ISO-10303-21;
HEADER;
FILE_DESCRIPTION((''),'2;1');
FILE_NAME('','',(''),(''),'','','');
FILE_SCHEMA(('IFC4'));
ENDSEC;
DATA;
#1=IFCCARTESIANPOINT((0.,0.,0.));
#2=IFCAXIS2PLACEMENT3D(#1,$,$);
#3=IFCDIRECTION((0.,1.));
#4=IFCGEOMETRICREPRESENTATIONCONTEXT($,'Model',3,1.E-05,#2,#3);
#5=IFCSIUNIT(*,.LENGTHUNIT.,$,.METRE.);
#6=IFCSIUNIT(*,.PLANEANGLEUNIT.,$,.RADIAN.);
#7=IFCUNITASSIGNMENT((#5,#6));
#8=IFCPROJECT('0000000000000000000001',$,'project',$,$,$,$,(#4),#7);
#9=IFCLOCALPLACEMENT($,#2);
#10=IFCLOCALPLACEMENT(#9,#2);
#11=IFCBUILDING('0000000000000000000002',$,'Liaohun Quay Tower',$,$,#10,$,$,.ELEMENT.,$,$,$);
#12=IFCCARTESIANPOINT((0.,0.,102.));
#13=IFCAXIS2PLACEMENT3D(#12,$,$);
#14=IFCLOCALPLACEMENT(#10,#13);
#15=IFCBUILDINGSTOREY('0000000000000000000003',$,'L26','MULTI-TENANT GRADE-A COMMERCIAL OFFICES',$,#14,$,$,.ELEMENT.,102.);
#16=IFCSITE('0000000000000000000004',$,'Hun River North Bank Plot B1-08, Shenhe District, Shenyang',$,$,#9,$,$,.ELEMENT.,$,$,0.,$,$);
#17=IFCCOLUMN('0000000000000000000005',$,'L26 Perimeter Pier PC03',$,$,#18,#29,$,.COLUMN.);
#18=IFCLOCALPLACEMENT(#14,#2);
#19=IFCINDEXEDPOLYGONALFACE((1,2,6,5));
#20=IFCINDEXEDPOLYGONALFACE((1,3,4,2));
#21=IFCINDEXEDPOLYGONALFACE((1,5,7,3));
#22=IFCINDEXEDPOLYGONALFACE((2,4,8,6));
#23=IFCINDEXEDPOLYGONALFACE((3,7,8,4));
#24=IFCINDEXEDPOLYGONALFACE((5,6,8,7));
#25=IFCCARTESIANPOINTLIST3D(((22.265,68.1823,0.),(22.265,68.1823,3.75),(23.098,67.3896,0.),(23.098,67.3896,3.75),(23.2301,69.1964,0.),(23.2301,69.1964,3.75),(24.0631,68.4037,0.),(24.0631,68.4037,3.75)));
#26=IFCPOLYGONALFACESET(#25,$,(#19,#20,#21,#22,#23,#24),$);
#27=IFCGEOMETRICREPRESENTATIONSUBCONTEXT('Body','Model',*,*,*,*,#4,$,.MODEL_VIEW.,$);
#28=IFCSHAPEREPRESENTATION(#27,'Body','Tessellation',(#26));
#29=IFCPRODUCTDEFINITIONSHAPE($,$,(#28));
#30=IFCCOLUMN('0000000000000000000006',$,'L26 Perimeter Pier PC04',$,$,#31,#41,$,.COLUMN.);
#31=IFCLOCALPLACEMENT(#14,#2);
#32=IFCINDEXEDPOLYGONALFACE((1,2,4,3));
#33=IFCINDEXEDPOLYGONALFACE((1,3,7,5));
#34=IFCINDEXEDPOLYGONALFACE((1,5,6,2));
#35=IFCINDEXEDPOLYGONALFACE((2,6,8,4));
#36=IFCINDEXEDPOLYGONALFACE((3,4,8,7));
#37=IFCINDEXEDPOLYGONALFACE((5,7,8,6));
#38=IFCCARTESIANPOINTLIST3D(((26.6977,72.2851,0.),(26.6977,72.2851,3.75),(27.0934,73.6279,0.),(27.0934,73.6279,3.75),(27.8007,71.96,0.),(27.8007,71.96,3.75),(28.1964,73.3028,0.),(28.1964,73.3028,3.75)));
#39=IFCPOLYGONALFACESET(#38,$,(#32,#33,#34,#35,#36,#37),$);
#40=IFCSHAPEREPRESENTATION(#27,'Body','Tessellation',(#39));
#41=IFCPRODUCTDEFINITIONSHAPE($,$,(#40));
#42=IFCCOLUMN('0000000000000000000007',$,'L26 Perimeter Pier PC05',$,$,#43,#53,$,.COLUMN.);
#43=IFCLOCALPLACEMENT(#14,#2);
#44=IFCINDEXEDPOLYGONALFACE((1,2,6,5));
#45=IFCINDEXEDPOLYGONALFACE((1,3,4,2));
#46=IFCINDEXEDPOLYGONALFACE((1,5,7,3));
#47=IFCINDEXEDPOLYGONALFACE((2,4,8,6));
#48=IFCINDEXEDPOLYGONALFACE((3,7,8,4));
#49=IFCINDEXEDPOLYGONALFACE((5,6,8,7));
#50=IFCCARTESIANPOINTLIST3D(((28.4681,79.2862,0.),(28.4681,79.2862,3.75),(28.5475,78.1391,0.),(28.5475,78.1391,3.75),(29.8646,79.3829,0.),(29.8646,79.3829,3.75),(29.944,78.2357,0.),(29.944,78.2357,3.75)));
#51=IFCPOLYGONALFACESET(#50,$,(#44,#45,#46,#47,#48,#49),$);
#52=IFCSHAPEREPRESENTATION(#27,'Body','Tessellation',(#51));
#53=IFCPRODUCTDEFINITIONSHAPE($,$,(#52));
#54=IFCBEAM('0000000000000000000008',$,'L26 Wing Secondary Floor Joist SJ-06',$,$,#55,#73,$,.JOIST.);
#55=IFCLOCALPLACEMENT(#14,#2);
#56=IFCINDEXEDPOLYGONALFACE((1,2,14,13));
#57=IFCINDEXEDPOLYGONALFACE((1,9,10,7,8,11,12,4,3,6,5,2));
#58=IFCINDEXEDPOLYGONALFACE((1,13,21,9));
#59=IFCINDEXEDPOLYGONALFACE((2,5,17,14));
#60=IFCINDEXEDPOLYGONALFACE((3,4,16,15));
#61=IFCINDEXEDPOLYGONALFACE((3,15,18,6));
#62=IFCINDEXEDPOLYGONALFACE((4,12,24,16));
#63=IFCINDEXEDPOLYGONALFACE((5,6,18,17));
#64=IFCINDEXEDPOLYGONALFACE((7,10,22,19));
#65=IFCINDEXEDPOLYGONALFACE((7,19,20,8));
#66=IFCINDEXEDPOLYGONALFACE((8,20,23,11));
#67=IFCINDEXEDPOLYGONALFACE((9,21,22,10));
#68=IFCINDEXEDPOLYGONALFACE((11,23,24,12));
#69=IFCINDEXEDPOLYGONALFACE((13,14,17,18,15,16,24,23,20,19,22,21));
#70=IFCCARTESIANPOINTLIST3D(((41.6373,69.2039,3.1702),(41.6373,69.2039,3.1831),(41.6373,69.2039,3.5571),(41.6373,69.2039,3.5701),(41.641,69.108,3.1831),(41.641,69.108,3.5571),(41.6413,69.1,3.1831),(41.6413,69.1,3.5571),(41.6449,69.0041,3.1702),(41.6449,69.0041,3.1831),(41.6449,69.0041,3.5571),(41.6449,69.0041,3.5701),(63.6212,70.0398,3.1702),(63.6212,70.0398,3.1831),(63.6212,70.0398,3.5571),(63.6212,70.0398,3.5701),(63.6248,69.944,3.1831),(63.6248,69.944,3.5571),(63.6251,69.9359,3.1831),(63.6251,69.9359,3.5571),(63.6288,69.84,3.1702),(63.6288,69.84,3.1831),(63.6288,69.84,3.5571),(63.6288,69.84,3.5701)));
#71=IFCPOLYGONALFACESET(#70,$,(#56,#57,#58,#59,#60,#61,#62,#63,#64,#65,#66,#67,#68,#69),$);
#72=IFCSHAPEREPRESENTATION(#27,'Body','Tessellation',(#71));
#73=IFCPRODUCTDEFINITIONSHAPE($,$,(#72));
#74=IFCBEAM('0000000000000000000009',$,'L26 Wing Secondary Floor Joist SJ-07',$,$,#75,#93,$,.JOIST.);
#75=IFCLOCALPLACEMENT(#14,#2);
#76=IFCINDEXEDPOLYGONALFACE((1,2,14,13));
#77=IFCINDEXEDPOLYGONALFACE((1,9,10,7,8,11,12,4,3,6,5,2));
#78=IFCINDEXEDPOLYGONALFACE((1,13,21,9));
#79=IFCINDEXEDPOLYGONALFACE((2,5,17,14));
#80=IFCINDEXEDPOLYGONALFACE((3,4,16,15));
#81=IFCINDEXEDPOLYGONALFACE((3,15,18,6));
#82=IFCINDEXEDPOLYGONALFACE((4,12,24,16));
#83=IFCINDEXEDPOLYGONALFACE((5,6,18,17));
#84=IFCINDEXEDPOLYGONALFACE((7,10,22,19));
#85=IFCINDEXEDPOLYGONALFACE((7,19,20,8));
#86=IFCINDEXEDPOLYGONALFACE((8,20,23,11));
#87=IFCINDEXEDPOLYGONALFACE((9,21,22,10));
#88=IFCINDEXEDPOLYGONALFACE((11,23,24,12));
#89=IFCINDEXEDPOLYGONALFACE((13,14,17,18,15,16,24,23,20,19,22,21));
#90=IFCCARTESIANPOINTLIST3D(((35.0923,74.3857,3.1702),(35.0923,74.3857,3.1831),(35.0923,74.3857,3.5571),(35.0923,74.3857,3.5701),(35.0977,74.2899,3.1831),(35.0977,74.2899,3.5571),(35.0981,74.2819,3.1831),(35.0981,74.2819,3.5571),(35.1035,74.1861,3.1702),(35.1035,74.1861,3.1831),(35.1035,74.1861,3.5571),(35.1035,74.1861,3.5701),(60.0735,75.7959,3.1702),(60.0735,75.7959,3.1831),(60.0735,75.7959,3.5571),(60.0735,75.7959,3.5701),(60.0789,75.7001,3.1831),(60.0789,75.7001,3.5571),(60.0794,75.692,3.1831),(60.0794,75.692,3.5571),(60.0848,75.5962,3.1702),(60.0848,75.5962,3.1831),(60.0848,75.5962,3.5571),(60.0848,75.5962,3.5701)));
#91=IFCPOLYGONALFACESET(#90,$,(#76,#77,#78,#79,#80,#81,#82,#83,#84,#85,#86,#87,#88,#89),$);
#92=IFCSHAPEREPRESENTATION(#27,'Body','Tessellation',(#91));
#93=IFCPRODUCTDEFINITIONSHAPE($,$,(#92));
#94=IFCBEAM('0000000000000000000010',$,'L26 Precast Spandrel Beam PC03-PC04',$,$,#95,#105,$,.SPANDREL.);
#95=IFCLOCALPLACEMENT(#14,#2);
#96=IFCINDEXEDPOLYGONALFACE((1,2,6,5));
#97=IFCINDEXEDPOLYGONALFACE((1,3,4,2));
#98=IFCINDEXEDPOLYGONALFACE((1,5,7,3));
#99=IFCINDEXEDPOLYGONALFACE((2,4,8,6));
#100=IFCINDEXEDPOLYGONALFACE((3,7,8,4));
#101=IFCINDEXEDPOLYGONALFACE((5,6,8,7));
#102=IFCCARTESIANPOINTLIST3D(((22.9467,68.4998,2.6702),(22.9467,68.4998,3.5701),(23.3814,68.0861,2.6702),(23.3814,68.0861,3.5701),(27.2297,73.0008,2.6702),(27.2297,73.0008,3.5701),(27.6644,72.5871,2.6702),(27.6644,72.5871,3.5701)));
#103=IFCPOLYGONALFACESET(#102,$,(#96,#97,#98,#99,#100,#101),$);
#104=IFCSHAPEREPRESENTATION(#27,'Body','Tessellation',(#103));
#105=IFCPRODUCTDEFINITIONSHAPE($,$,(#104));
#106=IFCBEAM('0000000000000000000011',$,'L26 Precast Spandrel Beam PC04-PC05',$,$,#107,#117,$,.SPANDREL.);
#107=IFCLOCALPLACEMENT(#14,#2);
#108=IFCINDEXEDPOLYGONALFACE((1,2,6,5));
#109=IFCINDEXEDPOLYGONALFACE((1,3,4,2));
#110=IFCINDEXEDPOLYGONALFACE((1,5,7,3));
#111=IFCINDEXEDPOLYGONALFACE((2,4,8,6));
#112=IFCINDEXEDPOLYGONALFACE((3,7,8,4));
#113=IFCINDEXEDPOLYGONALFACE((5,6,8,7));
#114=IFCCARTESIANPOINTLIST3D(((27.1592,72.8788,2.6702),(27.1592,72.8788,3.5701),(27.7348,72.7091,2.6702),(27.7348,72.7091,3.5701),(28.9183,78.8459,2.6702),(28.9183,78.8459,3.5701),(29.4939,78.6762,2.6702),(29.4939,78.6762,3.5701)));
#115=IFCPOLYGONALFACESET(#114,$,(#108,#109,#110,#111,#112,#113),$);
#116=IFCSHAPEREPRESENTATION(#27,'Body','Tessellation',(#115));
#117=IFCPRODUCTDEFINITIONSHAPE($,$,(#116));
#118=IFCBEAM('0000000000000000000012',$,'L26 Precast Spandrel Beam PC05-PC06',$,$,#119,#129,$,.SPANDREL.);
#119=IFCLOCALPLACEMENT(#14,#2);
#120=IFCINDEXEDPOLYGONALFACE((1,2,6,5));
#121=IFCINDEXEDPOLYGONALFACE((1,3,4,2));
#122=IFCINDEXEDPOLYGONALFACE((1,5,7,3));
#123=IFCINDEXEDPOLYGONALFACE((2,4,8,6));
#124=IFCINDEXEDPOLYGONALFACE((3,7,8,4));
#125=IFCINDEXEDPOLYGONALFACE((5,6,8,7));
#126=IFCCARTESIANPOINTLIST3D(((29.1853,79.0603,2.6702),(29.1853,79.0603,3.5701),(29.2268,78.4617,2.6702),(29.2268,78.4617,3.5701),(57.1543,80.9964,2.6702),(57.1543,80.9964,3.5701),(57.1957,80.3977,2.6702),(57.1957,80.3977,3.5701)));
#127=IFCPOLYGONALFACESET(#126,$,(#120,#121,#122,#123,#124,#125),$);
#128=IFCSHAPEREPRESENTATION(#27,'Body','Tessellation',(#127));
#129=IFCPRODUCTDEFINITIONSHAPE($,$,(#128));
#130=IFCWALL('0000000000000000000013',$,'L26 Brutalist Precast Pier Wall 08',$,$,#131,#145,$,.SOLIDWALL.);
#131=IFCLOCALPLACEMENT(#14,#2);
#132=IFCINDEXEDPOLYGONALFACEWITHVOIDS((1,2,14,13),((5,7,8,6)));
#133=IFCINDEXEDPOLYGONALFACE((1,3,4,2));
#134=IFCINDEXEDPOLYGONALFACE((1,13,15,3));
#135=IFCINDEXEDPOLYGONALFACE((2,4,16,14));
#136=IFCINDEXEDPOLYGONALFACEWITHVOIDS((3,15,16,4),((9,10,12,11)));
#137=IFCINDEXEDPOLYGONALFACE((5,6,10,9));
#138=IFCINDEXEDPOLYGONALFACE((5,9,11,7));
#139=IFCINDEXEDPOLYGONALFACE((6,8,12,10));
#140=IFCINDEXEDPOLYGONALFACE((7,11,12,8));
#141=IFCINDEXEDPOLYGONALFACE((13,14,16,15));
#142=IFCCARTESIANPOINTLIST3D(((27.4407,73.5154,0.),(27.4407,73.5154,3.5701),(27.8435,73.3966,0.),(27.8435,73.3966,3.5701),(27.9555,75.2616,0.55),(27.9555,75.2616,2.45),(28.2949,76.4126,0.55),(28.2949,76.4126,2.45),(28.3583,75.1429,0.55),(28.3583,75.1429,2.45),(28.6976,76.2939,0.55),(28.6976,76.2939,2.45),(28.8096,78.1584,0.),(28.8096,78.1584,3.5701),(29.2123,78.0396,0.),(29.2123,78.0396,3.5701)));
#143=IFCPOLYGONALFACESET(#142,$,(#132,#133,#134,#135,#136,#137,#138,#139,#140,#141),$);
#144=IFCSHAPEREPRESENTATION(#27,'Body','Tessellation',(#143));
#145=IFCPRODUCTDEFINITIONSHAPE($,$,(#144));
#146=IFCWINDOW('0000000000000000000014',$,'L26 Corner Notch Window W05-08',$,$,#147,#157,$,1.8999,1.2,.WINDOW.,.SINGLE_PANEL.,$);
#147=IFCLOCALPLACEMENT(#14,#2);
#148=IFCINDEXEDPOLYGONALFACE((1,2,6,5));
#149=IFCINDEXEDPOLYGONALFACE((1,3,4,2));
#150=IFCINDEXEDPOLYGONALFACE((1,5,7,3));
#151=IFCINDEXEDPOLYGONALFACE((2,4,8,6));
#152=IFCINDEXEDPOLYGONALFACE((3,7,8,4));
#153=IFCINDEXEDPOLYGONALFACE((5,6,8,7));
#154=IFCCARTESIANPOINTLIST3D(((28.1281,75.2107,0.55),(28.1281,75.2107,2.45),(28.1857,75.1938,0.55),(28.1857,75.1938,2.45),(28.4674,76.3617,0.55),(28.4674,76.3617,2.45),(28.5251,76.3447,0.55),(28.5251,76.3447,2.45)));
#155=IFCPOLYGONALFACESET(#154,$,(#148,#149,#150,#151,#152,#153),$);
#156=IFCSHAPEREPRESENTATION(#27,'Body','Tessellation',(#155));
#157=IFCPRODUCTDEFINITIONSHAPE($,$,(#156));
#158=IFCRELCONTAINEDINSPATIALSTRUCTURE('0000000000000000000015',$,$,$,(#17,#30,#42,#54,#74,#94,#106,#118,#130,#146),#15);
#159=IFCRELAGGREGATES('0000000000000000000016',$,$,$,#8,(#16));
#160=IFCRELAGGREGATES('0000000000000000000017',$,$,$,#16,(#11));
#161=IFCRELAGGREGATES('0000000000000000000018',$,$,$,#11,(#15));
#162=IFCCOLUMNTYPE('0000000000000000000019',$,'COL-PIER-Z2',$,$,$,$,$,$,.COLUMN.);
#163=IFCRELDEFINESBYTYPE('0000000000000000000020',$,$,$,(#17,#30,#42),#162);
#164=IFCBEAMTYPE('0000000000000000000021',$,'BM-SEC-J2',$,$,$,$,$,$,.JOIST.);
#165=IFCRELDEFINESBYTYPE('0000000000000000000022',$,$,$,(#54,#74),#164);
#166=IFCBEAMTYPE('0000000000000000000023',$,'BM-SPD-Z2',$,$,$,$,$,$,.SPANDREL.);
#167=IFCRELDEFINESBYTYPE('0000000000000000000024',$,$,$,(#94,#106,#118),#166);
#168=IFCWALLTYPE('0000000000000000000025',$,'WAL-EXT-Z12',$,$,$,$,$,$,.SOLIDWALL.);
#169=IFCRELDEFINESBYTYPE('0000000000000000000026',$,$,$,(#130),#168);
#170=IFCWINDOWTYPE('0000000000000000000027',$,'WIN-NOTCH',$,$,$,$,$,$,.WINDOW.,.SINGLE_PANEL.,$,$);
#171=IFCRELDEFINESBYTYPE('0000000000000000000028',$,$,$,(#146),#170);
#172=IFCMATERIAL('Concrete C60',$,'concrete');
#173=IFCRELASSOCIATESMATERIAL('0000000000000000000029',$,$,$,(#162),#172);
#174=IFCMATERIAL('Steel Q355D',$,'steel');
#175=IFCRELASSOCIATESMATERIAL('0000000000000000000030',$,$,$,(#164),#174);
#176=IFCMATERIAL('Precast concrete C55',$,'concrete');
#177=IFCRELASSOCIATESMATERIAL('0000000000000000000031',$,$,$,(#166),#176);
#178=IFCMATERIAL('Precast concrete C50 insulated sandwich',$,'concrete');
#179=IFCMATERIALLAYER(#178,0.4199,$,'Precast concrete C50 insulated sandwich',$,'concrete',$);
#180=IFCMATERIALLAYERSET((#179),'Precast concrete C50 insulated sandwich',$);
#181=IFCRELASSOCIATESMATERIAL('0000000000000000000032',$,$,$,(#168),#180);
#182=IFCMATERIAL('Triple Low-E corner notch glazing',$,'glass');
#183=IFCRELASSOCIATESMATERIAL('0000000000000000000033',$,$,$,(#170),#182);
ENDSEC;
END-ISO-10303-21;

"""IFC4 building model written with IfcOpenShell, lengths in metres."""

from ifc_helpers import new_model, si_unit, direction, frame, frame_2d, origin, origin_2d, place, context, subcontext, project, spatial, rectangle, i_section, extrude, source, transform, mapped, material, layer, layer_set, material_profile, profile_set, type_object, element, fill, save


model = new_model("IFC4")

# Units and contexts
model_context = context("Model", 3, precision=1e-05, world=origin(), true_north=direction((0.0, 1.0)))
body_context = subcontext(model_context, "Body", "Model", "MODEL_VIEW")
ifc_project = project(units=[si_unit("LENGTHUNIT", "METRE"), si_unit("PLANEANGLEUNIT", "RADIAN")], contexts=[model_context])

# Site, building, storey
site_placement = place(None, origin())
site = spatial("IfcSite", under=ifc_project, at=site_placement, Name="Hun River North Bank Plot B1-08, Shenhe District, Shenyang", CompositionType="ELEMENT", RefElevation=0.0)
building_placement = place(site_placement, origin())
building = spatial("IfcBuilding", under=site, at=building_placement, Name="Liaohun Quay Tower", CompositionType="ELEMENT")
storey_placement = place(building_placement, frame((0.0, 0.0, 102.0)))
storey = spatial("IfcBuildingStorey", under=building, at=storey_placement, Name="L26", Description="MULTI-TENANT GRADE-A COMMERCIAL OFFICES", CompositionType="ELEMENT", Elevation=102.0)

# Columns
ifc_material_1 = material(Name="Concrete C60", Category="concrete")
ifc_material_profile_1 = material_profile(ifc_material_1, rectangle(XDim=1.3999, YDim=1.1499, at=origin_2d()), Name="RC1400x1150")
ifc_profile_set_1 = profile_set([ifc_material_profile_1], Name="Concrete C60")
column_type = type_object("IfcColumnType", Name="COL-PIER-Z2", PredefinedType="COLUMN", material=ifc_profile_set_1)
shared_shape_1 = source(origin(), body_context, "Body", "SweptSolid", [
    extrude(rectangle(XDim=1.3999, YDim=1.1499, at=origin_2d()), origin(), (0.0, 0.0, 1.0), 3.75),
])
for number, where, z_axis, x_axis, name in (
    (1, (23.1641, 68.293, 0.0), (0.0, 0.0, 1.0), (0.689367, 0.724413, 0.0), "L26 Perimeter Pier PC03"),
    (2, (27.447, 72.7939, 0.0), (0.0, 0.0, 1.0), (0.282676, 0.959215, 0.0), "L26 Perimeter Pier PC04"),
    (3, (29.2061, 78.761, 0.0), (0.0, 0.0, 1.0), (0.997613, 0.06906, 0.0), "L26 Perimeter Pier PC05"),
):
    element("IfcColumn", number, at=place(storey_placement, frame(where, z_axis=z_axis, x_axis=x_axis)), inside=storey, type_object=column_type, Name=name, PredefinedType="COLUMN", context=body_context, shape_type="MappedRepresentation", body=[
        mapped(shared_shape_1, transform((0.0, 0.0, 0.0), x_axis=(1.0, 0.0, 0.0), y_axis=(0.0, 1.0, 0.0), z_axis=(0.0, 0.0, 1.0), scale=1.0)),
    ])

# Beams
ifc_material_2 = material(Name="Steel Q355D", Category="steel")
ifc_material_profile_2 = material_profile(ifc_material_2, i_section(OverallWidth=0.2, OverallDepth=0.3999, WebThickness=0.0081, FlangeThickness=0.0129, at=origin_2d()), Name="HN400x200x8x13")
ifc_profile_set_2 = profile_set([ifc_material_profile_2], Name="Steel Q355D")
beam_type_1 = type_object("IfcBeamType", Name="BM-SEC-J2", PredefinedType="JOIST", material=ifc_profile_set_2)
shared_shape_2 = source(origin(), body_context, "Body", "SweptSolid", [
    extrude(i_section(OverallWidth=0.2, OverallDepth=0.3999, WebThickness=0.0081, FlangeThickness=0.0129, at=origin_2d()), origin(), (0.0, 0.0, 1.0), 21.9998),
])
beam_1_placement = place(storey_placement, frame((41.6411, 69.104, 3.3701), z_axis=(0.999278, 0.037998, 0.0), x_axis=(-0.037998, 0.999278, 0.0)))
element("IfcBeam", 4, at=beam_1_placement, inside=storey, type_object=beam_type_1, Name="L26 Wing Secondary Floor Joist SJ-06", PredefinedType="JOIST", context=body_context, shape_type="MappedRepresentation", body=[
    mapped(shared_shape_2, transform((0.0, 0.0, 0.0), x_axis=(1.0, 0.0, 0.0), y_axis=(0.0, 1.0, 0.0), z_axis=(0.0, 0.0, 1.0), scale=1.0)),
])
shared_shape_3 = source(origin(), body_context, "Body", "SweptSolid", [
    extrude(i_section(OverallWidth=0.2, OverallDepth=0.3999, WebThickness=0.0081, FlangeThickness=0.0129, at=origin_2d()), origin(), (0.0, 0.0, 1.0), 25.021),
])
beam_2_placement = place(storey_placement, frame((35.0979, 74.2859, 3.3701), z_axis=(0.998411, 0.056359, 0.0), x_axis=(-0.056359, 0.998411, 0.0)))
element("IfcBeam", 5, at=beam_2_placement, inside=storey, type_object=beam_type_1, Name="L26 Wing Secondary Floor Joist SJ-07", PredefinedType="JOIST", context=body_context, shape_type="MappedRepresentation", body=[
    mapped(shared_shape_3, transform((0.0, 0.0, 0.0), x_axis=(1.0, 0.0, 0.0), y_axis=(0.0, 1.0, 0.0), z_axis=(0.0, 0.0, 1.0), scale=1.0)),
])
ifc_material_3 = material(Name="Precast concrete C55", Category="concrete")
ifc_material_profile_3 = material_profile(ifc_material_3, rectangle(XDim=0.6001, YDim=0.8999, at=origin_2d()), Name="RC600x900")
ifc_profile_set_3 = profile_set([ifc_material_profile_3], Name="Precast concrete C55")
beam_type_2 = type_object("IfcBeamType", Name="BM-SPD-Z2", PredefinedType="SPANDREL", material=ifc_profile_set_3)
shared_shape_4 = source(origin(), body_context, "Body", "SweptSolid", [
    extrude(rectangle(XDim=0.6001, YDim=0.8999, at=origin_2d()), origin(), (0.0, 0.0, 1.0), 6.2131),
])
beam_3_placement = place(storey_placement, frame((23.1641, 68.293, 3.1201), z_axis=(0.689344, 0.724434, 0.0), x_axis=(-0.724434, 0.689344, 0.0)))
element("IfcBeam", 6, at=beam_3_placement, inside=storey, type_object=beam_type_2, Name="L26 Precast Spandrel Beam PC03-PC04", PredefinedType="SPANDREL", context=body_context, shape_type="MappedRepresentation", body=[
    mapped(shared_shape_4, transform((0.0, 0.0, 0.0), x_axis=(1.0, 0.0, 0.0), y_axis=(0.0, 1.0, 0.0), z_axis=(0.0, 0.0, 1.0), scale=1.0)),
])
shared_shape_5 = source(origin(), body_context, "Body", "SweptSolid", [
    extrude(rectangle(XDim=0.6001, YDim=0.8999, at=origin_2d()), origin(), (0.0, 0.0, 1.0), 6.2209),
])
beam_4_placement = place(storey_placement, frame((27.447, 72.7939, 3.1201), z_axis=(0.282761, 0.95919, 0.0), x_axis=(-0.95919, 0.282761, 0.0)))
element("IfcBeam", 7, at=beam_4_placement, inside=storey, type_object=beam_type_2, Name="L26 Precast Spandrel Beam PC04-PC05", PredefinedType="SPANDREL", context=body_context, shape_type="MappedRepresentation", body=[
    mapped(shared_shape_5, transform((0.0, 0.0, 0.0), x_axis=(1.0, 0.0, 0.0), y_axis=(0.0, 1.0, 0.0), z_axis=(0.0, 0.0, 1.0), scale=1.0)),
])
shared_shape_6 = source(origin(), body_context, "Body", "SweptSolid", [
    extrude(rectangle(XDim=0.6001, YDim=0.8999, at=origin_2d()), origin(), (0.0, 0.0, 1.0), 28.0359),
])
beam_5_placement = place(storey_placement, frame((29.2061, 78.761, 3.1201), z_axis=(0.997613, 0.069056, 0.0), x_axis=(-0.069056, 0.997613, 0.0)))
element("IfcBeam", 8, at=beam_5_placement, inside=storey, type_object=beam_type_2, Name="L26 Precast Spandrel Beam PC05-PC06", PredefinedType="SPANDREL", context=body_context, shape_type="MappedRepresentation", body=[
    mapped(shared_shape_6, transform((0.0, 0.0, 0.0), x_axis=(1.0, 0.0, 0.0), y_axis=(0.0, 1.0, 0.0), z_axis=(0.0, 0.0, 1.0), scale=1.0)),
])

# Wall, opening, window
ifc_material_4 = material(Name="Precast concrete C50 insulated sandwich", Category="concrete")
ifc_layer_1 = layer(ifc_material_4, 0.4199, Name="Precast concrete C50 insulated sandwich", Category="concrete")
ifc_layer_set_1 = layer_set([ifc_layer_1], Name="Precast concrete C50 insulated sandwich")
wall_type_1 = type_object("IfcWallType", Name="WAL-EXT-Z12", PredefinedType="SOLIDWALL", material=ifc_layer_set_1)
wall_1_placement = place(storey_placement, frame((29.011, 78.0991, 0.0), z_axis=(0.0, 0.0, 1.0), x_axis=(-0.282792, -0.959181, 0.0)))
wall_1 = element("IfcWall", 9, at=wall_1_placement, inside=storey, type_object=wall_type_1, Name="L26 Brutalist Precast Pier Wall 08", PredefinedType="SOLIDWALL", context=body_context, shape_type="SweptSolid", body=[
    extrude(rectangle(XDim=4.8406, YDim=0.4199, at=frame_2d((2.4204, 0.0))), origin(), (0.0, 0.0, 1.0), 3.5701),
])
shared_shape_7 = source(origin(), body_context, "Body", "SweptSolid", [
    extrude(rectangle(XDim=1.2, YDim=1.8999, at=frame_2d((0.6001, 0.95))), frame((0.0, 0.22, 0.0), z_axis=(0.0, -1.0, 0.0), x_axis=(1.0, 0.0, 0.0)), (0.0, 0.0, 1.0), 0.4399),
])
opening_1_placement = place(wall_1_placement, frame((1.8201, 0.0, 0.55)))
opening_1 = element("IfcOpeningElement", 10, at=opening_1_placement, cuts=wall_1, PredefinedType="OPENING", context=body_context, shape_type="MappedRepresentation", body=[
    mapped(shared_shape_7, transform((0.0, 0.0, 0.0), x_axis=(1.0, 0.0, 0.0), y_axis=(0.0, 1.0, 0.0), z_axis=(0.0, 0.0, 1.0), scale=1.0)),
])
ifc_material_5 = material(Name="Triple Low-E corner notch glazing", Category="glass")
window_type_1 = type_object("IfcWindowType", Name="WIN-NOTCH", PartitioningType="SINGLE_PANEL", PredefinedType="WINDOW", material=ifc_material_5)
shared_shape_8 = source(origin(), body_context, "Body", "SweptSolid", [
    extrude(rectangle(XDim=1.2, YDim=1.8999, at=frame_2d((0.6001, 0.95))), frame((0.0, 0.03, 0.0), z_axis=(0.0, -1.0, 0.0), x_axis=(1.0, 0.0, 0.0)), (0.0, 0.0, 1.0), 0.0601),
])
window_1_placement = place(opening_1_placement, origin())
window_1 = element("IfcWindow", 11, at=window_1_placement, inside=storey, type_object=window_type_1, Name="L26 Corner Notch Window W05-08", OverallHeight=1.8999, OverallWidth=1.2, PartitioningType="SINGLE_PANEL", PredefinedType="WINDOW", context=body_context, shape_type="MappedRepresentation", body=[
    mapped(shared_shape_8, transform((0.0, 0.0, 0.0), x_axis=(1.0, 0.0, 0.0), y_axis=(0.0, 1.0, 0.0), z_axis=(0.0, 0.0, 1.0), scale=1.0)),
])
fill(opening_1, window_1)

save(model, "model.ifc")
